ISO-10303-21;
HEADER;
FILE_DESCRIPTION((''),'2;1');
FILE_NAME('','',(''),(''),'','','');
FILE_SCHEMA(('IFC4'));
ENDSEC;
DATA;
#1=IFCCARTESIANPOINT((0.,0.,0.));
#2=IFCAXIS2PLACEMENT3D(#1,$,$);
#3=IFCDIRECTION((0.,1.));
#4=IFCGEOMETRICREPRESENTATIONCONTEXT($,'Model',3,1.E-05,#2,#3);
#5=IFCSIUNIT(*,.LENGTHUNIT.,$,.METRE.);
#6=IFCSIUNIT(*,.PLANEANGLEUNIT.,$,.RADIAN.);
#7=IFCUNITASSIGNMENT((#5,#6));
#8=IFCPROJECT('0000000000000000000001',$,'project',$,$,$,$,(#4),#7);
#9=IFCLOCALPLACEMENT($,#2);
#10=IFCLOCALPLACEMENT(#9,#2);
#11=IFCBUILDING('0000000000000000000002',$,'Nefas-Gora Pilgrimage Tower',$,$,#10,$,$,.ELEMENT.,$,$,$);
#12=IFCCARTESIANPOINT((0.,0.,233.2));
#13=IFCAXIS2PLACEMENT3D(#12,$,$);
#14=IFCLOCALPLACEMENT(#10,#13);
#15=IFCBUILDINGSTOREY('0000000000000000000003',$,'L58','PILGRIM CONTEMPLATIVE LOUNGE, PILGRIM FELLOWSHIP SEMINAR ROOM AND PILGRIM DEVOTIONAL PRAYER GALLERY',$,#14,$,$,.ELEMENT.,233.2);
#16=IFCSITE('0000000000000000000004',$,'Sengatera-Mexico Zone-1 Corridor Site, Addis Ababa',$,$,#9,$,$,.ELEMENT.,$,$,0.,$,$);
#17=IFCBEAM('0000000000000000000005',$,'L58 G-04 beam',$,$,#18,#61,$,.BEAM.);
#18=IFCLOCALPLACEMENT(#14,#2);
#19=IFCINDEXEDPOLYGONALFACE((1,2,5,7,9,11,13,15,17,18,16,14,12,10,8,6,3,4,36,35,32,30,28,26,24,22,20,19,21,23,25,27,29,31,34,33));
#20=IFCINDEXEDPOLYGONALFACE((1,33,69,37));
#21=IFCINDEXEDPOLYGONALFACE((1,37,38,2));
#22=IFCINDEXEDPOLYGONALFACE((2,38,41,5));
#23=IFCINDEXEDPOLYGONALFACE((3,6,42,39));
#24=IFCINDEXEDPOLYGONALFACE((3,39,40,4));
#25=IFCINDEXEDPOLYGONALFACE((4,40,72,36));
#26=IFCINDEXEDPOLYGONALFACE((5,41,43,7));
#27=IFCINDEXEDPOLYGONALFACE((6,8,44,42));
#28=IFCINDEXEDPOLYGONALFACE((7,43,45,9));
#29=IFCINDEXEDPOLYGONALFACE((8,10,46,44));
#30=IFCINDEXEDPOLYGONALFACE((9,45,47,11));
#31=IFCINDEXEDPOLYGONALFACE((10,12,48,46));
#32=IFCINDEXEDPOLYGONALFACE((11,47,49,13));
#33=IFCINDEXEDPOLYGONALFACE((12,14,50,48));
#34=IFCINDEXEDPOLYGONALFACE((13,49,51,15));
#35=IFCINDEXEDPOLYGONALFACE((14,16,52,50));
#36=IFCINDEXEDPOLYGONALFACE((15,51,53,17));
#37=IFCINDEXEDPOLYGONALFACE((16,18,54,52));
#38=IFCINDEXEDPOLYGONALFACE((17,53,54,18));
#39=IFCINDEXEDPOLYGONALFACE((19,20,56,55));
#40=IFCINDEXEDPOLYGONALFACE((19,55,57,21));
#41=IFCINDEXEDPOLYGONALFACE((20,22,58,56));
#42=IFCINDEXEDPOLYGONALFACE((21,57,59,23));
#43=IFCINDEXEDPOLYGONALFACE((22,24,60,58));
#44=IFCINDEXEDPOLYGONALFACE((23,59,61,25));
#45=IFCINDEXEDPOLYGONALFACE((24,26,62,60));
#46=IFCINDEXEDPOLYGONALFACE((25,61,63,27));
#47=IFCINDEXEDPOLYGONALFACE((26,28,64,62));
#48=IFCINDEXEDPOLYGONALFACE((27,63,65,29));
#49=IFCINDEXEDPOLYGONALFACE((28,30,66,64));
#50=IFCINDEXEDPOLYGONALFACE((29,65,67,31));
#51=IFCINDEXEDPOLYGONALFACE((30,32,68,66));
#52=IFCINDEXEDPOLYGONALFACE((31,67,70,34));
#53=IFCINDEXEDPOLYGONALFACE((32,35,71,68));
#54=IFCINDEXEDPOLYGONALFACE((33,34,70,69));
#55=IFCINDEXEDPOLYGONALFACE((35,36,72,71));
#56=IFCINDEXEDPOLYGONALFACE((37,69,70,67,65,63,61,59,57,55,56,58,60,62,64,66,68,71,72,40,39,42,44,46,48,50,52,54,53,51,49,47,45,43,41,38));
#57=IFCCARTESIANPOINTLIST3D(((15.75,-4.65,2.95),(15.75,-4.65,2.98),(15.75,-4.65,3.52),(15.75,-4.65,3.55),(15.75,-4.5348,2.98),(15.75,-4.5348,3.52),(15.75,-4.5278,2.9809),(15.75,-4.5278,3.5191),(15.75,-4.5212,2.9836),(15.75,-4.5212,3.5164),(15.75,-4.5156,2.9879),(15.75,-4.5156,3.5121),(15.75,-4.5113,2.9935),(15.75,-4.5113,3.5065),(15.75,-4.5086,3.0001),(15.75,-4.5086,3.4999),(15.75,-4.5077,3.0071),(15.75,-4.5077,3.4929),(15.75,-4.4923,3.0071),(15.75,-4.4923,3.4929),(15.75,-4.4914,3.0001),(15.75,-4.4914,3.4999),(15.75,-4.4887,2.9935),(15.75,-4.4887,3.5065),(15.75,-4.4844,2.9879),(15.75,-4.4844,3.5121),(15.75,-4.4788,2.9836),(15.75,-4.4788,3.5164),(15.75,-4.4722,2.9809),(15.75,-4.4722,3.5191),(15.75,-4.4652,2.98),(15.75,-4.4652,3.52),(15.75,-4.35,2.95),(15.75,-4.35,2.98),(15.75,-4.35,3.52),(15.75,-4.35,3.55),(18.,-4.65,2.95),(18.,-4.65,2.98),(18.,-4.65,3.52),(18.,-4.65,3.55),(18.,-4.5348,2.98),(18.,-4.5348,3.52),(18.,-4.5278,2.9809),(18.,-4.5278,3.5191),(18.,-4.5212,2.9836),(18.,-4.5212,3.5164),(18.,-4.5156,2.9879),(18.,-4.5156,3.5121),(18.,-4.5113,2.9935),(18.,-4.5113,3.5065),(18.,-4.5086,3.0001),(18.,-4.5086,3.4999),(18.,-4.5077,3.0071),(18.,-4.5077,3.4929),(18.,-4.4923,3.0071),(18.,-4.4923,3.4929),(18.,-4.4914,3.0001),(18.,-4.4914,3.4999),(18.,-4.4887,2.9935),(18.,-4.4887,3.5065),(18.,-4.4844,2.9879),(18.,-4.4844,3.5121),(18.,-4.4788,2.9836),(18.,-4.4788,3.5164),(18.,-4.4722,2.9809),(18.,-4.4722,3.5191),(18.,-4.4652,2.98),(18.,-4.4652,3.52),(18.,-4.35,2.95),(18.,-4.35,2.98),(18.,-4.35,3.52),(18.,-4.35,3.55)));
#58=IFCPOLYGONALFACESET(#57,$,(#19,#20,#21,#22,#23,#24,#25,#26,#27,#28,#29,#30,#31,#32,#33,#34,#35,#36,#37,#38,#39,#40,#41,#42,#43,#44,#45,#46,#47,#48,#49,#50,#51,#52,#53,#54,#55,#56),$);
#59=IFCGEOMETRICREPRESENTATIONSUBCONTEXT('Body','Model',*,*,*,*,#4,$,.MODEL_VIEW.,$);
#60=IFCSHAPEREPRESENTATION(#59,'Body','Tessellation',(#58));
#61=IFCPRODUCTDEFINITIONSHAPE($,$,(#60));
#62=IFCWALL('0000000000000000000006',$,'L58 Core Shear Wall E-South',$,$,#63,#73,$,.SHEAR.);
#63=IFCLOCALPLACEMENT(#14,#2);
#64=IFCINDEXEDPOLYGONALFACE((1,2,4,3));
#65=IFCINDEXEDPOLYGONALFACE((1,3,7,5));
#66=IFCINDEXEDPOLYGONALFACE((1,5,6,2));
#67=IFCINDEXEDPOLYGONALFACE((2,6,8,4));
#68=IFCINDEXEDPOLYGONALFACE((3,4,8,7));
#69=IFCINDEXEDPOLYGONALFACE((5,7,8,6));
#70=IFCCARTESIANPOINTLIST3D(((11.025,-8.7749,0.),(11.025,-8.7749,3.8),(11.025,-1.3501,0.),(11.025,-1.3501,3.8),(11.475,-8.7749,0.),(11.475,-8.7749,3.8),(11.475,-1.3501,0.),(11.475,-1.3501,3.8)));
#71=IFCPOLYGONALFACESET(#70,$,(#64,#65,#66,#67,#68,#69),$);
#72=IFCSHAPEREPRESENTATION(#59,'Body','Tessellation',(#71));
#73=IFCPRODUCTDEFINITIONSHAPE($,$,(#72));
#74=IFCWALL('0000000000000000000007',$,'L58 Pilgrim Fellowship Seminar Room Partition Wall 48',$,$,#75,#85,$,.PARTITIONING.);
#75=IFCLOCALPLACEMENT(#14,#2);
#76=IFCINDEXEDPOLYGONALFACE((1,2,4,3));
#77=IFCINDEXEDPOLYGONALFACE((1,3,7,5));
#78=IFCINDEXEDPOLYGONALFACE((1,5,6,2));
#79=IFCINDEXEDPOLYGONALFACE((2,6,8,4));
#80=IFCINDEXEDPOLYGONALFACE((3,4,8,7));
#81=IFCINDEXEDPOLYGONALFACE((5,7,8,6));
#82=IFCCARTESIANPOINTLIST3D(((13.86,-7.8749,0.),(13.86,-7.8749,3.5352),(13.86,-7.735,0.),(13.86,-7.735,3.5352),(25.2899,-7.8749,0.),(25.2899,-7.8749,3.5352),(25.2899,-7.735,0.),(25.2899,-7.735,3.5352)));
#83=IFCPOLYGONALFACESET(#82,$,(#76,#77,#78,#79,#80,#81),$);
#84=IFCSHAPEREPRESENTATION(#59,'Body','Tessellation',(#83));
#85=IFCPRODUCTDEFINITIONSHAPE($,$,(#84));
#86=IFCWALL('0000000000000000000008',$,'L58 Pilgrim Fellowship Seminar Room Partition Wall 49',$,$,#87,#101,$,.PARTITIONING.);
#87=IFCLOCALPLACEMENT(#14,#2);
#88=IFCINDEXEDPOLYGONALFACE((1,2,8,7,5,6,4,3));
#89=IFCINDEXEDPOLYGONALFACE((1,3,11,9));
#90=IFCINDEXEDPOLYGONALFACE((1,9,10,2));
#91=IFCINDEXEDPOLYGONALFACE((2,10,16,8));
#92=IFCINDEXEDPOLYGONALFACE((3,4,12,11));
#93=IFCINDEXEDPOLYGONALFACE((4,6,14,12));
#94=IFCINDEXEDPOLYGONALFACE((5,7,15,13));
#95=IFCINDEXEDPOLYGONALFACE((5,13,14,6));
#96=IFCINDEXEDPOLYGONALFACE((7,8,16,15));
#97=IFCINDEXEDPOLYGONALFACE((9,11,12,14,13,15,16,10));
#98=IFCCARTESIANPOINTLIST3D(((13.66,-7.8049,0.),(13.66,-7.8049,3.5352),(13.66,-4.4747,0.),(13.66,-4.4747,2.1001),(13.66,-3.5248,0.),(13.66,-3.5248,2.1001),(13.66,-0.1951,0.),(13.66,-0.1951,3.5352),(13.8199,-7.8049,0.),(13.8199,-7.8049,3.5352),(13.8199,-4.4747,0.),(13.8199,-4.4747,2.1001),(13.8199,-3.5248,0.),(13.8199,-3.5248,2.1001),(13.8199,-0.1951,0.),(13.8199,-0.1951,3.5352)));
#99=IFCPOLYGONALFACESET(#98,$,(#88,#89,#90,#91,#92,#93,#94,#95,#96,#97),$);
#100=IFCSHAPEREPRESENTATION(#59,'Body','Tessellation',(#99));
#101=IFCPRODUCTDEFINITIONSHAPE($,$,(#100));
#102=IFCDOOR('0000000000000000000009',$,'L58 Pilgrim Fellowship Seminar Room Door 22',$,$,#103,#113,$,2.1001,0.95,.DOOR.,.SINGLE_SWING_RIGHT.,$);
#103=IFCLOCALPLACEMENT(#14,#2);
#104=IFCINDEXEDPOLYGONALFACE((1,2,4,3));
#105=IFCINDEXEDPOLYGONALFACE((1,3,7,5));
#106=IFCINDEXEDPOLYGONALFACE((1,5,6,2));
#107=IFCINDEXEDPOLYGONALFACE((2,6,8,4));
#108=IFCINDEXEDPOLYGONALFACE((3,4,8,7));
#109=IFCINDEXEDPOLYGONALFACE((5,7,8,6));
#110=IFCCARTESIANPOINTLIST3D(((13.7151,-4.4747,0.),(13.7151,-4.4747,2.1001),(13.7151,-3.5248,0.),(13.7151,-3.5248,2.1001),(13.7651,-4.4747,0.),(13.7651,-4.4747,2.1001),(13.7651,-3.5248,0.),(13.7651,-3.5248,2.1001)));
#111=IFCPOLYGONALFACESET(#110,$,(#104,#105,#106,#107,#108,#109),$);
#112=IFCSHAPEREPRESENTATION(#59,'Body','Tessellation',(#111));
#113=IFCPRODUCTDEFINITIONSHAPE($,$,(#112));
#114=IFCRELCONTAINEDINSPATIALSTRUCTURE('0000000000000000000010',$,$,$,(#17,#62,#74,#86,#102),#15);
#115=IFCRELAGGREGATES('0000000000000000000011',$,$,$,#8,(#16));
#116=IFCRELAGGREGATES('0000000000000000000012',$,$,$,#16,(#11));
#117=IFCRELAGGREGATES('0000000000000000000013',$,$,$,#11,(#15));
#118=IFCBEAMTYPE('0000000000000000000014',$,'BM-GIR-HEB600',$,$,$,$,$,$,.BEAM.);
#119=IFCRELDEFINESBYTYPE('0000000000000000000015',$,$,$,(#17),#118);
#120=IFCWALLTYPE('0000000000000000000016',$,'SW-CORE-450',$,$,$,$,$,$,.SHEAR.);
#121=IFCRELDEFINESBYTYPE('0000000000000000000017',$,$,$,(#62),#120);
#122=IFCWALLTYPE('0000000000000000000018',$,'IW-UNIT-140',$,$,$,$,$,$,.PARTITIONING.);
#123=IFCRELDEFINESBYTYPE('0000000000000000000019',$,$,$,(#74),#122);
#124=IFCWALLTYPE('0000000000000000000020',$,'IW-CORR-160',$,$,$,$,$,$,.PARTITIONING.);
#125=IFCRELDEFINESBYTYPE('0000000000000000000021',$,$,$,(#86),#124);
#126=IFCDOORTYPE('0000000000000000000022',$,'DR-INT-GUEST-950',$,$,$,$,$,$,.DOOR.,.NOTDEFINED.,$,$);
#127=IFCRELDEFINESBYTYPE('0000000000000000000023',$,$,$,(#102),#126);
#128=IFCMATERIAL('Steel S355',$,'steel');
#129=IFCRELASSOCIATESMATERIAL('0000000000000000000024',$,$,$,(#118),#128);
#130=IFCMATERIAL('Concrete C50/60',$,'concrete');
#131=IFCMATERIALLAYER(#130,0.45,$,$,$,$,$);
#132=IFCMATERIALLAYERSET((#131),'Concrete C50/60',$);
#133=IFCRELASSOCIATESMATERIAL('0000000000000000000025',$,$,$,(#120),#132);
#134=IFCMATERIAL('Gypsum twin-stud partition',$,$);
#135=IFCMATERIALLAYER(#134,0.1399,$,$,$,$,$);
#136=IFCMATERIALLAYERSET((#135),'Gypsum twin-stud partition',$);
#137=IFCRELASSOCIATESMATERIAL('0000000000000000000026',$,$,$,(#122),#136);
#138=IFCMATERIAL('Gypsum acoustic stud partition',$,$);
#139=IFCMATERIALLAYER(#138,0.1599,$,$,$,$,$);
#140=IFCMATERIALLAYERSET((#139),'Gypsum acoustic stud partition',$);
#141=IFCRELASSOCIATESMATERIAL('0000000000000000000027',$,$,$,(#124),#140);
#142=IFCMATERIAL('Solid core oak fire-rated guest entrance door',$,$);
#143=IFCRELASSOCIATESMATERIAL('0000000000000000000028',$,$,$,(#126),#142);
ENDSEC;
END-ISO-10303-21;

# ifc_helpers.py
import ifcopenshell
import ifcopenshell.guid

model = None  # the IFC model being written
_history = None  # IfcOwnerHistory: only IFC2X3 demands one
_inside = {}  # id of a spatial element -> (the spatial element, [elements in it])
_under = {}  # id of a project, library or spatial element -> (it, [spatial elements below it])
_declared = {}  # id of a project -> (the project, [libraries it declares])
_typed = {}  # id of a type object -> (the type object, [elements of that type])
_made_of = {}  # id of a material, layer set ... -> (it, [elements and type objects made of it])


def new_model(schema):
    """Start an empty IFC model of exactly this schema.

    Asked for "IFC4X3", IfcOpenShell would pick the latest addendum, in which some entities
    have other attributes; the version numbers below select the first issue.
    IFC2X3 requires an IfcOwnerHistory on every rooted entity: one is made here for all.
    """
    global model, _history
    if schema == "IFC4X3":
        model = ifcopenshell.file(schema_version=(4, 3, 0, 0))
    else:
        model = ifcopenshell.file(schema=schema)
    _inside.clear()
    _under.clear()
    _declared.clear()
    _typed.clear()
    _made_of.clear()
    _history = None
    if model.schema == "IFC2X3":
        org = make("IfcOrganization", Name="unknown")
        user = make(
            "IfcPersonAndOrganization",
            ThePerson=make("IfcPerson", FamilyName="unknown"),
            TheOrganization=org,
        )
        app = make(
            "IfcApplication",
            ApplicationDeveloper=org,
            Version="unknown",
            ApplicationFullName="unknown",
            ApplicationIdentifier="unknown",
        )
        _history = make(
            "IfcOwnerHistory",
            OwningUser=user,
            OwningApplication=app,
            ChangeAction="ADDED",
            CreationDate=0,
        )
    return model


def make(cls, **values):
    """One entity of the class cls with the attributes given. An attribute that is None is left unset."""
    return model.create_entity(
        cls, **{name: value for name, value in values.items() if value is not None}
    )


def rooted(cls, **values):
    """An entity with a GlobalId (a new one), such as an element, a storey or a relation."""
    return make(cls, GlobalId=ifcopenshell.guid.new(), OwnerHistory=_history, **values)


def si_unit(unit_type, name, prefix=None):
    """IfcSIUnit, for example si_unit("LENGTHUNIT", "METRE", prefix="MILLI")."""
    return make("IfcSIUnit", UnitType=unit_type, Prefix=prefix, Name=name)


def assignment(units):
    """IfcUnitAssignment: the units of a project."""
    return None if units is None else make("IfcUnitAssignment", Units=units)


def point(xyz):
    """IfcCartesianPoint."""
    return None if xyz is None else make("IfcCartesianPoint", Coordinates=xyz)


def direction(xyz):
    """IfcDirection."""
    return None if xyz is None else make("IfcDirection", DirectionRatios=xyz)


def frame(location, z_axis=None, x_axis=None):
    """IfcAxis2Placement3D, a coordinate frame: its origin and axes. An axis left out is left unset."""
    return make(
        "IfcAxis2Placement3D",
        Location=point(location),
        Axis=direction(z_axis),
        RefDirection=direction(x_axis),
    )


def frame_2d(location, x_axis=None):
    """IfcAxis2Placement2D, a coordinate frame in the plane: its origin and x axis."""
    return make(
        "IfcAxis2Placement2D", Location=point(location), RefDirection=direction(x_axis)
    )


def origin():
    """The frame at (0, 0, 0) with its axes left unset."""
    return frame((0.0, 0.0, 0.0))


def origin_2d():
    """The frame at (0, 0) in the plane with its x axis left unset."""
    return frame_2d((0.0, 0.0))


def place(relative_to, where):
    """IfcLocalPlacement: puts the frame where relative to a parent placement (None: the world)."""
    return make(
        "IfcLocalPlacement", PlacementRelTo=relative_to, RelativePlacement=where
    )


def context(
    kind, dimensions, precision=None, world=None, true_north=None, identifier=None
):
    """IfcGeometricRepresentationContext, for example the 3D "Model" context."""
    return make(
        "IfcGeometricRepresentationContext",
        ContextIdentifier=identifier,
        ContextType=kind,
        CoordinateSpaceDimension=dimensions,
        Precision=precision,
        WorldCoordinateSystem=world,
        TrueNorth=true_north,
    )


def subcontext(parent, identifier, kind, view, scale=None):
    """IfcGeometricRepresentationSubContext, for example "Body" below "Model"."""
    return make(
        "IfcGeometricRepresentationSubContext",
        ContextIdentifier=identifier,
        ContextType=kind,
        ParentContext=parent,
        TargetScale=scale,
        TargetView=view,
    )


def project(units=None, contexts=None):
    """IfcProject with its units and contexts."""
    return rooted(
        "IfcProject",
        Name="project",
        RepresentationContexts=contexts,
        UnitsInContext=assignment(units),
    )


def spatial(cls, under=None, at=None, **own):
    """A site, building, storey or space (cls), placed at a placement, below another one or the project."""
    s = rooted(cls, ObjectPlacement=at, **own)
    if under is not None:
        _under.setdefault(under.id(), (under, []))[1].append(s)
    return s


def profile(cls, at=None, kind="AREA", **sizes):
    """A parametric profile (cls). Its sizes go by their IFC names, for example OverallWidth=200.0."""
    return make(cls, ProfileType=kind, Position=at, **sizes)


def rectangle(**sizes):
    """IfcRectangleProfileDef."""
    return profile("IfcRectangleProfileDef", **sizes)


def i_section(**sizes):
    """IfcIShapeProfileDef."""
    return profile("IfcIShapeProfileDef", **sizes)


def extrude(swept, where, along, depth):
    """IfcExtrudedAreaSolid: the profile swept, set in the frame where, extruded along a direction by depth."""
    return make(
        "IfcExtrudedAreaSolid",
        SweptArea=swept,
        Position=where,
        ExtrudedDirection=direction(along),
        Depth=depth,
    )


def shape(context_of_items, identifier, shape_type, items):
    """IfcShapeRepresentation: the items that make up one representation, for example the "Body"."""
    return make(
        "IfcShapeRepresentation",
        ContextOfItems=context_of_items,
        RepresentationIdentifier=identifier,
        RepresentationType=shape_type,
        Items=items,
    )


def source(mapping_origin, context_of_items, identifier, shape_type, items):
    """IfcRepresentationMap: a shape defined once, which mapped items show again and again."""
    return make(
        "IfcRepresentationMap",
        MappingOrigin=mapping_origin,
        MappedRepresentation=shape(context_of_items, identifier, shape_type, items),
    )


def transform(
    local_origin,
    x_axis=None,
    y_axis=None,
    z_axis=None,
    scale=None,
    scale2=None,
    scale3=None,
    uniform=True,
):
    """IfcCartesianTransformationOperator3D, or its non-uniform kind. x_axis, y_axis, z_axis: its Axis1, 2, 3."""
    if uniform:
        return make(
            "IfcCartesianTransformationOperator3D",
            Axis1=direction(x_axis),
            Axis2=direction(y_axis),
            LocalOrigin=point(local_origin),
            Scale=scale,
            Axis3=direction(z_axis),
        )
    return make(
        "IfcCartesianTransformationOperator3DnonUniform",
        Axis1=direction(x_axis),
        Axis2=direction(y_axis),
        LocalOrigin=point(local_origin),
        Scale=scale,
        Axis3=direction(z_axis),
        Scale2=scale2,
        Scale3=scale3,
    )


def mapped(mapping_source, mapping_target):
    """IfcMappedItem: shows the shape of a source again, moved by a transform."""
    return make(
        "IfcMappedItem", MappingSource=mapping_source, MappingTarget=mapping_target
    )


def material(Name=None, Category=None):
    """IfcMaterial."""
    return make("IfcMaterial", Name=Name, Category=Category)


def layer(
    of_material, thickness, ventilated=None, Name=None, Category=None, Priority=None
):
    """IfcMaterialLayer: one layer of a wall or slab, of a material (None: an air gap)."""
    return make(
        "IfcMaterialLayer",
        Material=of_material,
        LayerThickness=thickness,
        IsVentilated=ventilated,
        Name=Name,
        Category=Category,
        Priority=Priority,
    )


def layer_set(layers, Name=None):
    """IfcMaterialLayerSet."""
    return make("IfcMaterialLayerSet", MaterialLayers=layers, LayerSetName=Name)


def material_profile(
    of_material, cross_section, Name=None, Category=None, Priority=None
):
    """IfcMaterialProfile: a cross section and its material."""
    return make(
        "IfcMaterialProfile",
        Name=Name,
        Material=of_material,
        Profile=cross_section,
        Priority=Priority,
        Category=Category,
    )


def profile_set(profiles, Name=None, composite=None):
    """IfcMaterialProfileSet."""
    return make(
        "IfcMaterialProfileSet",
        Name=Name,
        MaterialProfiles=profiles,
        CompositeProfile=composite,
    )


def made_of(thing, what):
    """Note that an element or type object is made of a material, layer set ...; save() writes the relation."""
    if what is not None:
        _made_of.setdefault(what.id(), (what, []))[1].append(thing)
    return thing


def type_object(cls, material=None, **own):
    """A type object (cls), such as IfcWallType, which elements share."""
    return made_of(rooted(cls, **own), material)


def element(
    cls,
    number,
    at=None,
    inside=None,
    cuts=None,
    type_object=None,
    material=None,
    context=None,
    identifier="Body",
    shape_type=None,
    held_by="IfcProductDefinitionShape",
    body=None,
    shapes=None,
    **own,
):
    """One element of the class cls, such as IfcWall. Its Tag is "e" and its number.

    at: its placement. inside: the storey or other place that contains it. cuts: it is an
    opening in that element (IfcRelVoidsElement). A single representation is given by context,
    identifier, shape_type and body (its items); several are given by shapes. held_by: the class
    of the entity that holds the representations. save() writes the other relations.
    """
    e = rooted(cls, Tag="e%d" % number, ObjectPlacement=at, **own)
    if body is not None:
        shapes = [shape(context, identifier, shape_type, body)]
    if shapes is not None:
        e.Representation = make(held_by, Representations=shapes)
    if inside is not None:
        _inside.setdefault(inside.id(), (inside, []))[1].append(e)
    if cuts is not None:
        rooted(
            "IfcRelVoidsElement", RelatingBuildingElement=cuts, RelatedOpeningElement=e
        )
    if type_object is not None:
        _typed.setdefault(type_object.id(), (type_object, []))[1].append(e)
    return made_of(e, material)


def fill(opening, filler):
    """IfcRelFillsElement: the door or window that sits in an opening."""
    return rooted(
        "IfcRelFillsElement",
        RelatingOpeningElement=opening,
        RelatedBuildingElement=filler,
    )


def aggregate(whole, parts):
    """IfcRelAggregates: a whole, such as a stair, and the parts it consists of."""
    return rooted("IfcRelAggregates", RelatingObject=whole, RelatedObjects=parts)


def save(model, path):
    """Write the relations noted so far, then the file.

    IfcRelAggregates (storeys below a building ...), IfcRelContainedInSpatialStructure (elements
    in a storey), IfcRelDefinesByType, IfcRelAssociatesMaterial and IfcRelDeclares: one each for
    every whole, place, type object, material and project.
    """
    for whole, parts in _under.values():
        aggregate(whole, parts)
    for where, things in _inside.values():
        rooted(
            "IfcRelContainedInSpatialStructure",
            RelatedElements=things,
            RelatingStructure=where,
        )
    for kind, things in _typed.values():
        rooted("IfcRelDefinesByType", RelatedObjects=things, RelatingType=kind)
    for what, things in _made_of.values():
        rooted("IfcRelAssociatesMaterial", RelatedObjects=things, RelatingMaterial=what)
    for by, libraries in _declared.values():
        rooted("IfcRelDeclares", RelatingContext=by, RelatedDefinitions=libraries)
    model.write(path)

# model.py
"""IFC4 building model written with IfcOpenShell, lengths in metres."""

from ifc_helpers import new_model, si_unit, direction, frame, frame_2d, origin, origin_2d, place, context, subcontext, project, spatial, rectangle, i_section, extrude, source, transform, mapped, material, layer, layer_set, material_profile, profile_set, type_object, element, fill, save


model = new_model("IFC4")

# Units and contexts
model_context = context("Model", 3, precision=1e-05, world=origin(), true_north=direction((0.0, 1.0)))
body_context = subcontext(model_context, "Body", "Model", "MODEL_VIEW")
ifc_project = project(units=[si_unit("LENGTHUNIT", "METRE"), si_unit("PLANEANGLEUNIT", "RADIAN")], contexts=[model_context])

# Site, building, storey
site_placement = place(None, origin())
site = spatial("IfcSite", under=ifc_project, at=site_placement, Name="Sengatera-Mexico Zone-1 Corridor Site, Addis Ababa", CompositionType="ELEMENT", RefElevation=0.0)
building_placement = place(site_placement, origin())
building = spatial("IfcBuilding", under=site, at=building_placement, Name="Nefas-Gora Pilgrimage Tower", CompositionType="ELEMENT")
storey_placement = place(building_placement, frame((0.0, 0.0, 233.2)))
storey = spatial("IfcBuildingStorey", under=building, at=storey_placement, Name="L58", Description="PILGRIM CONTEMPLATIVE LOUNGE, PILGRIM FELLOWSHIP SEMINAR ROOM AND PILGRIM DEVOTIONAL PRAYER GALLERY", CompositionType="ELEMENT", Elevation=233.2)

# Beam
ifc_material_1 = material(Name="Concrete C50/60", Category="concrete")
ifc_material_2 = material(Name="Steel S355", Category="steel")
ifc_material_profile_1 = material_profile(ifc_material_2, i_section(OverallWidth=0.3, OverallDepth=0.6001, WebThickness=0.0154, FlangeThickness=0.03, FilletRadius=0.0271, at=origin_2d()), Name="HEB 600")
ifc_profile_set_1 = profile_set([ifc_material_profile_1], Name="Steel S355")
beam_type_1 = type_object("IfcBeamType", Name="BM-GIR-HEB600", PredefinedType="BEAM", material=ifc_profile_set_1)
shared_shape_1 = source(origin(), body_context, "Body", "SweptSolid", [
    extrude(i_section(OverallWidth=0.3, OverallDepth=0.6001, WebThickness=0.0154, FlangeThickness=0.03, FilletRadius=0.0271, at=origin_2d()), origin(), (0.0, 0.0, 1.0), 2.25),
])
for number, where, z_axis, x_axis, name in (
    (1, (15.75, -4.5, 3.25), (1.0, 0.0, 0.0), (0.0, 1.0, 0.0), "L58 G-04 beam"),
):
    element("IfcBeam", number, at=place(storey_placement, frame(where, z_axis=z_axis, x_axis=x_axis)), inside=storey, type_object=beam_type_1, Name=name, PredefinedType="BEAM", context=body_context, shape_type="MappedRepresentation", body=[
        mapped(shared_shape_1, transform((0.0, 0.0, 0.0), x_axis=(1.0, 0.0, 0.0), y_axis=(0.0, 1.0, 0.0), z_axis=(0.0, 0.0, 1.0), scale=1.0)),
    ])

# Walls
ifc_layer_1 = layer(ifc_material_1, 0.45)
ifc_layer_set_1 = layer_set([ifc_layer_1], Name="Concrete C50/60")
wall_type_1 = type_object("IfcWallType", Name="SW-CORE-450", PredefinedType="SHEAR", material=ifc_layer_set_1)
shared_shape_2 = source(origin(), body_context, "Body", "SweptSolid", [
    extrude(rectangle(XDim=7.4248, YDim=0.45, at=frame_2d((3.7124, 0.0))), origin(), (0.0, 0.0, 1.0), 3.8),
])
wall_1_placement = place(storey_placement, frame((11.25, -8.7749, 0.0), z_axis=(0.0, 0.0, 1.0), x_axis=(0.0, 1.0, 0.0)))
element("IfcWall", 2, at=wall_1_placement, inside=storey, type_object=wall_type_1, Name="L58 Core Shear Wall E-South", PredefinedType="SHEAR", context=body_context, shape_type="MappedRepresentation", body=[
    mapped(shared_shape_2, transform((0.0, 0.0, 0.0), x_axis=(1.0, 0.0, 0.0), y_axis=(0.0, 1.0, 0.0), z_axis=(0.0, 0.0, 1.0), scale=1.0)),
])
ifc_material_3 = material(Name="Gypsum twin-stud partition")
ifc_layer_2 = layer(ifc_material_3, 0.1399)
ifc_layer_set_2 = layer_set([ifc_layer_2], Name="Gypsum twin-stud partition")
wall_type_2 = type_object("IfcWallType", Name="IW-UNIT-140", PredefinedType="PARTITIONING", material=ifc_layer_set_2)
shared_shape_3 = source(origin(), body_context, "Body", "SweptSolid", [
    extrude(rectangle(XDim=11.4299, YDim=0.1399, at=frame_2d((5.7148, 0.0))), origin(), (0.0, 0.0, 1.0), 3.5352),
])
wall_2_placement = place(storey_placement, frame((13.8601, -7.8049, 0.0), z_axis=(0.0, 0.0, 1.0), x_axis=(1.0, 0.0, 0.0)))
element("IfcWall", 3, at=wall_2_placement, inside=storey, type_object=wall_type_2, Name="L58 Pilgrim Fellowship Seminar Room Partition Wall 48", PredefinedType="PARTITIONING", context=body_context, shape_type="MappedRepresentation", body=[
    mapped(shared_shape_3, transform((0.0, 0.0, 0.0), x_axis=(1.0, 0.0, 0.0), y_axis=(0.0, 1.0, 0.0), z_axis=(0.0, 0.0, 1.0), scale=1.0)),
])

# Wall, opening, door
ifc_material_4 = material(Name="Gypsum acoustic stud partition")
ifc_layer_3 = layer(ifc_material_4, 0.1599)
ifc_layer_set_3 = layer_set([ifc_layer_3], Name="Gypsum acoustic stud partition")
wall_type_3 = type_object("IfcWallType", Name="IW-CORR-160", PredefinedType="PARTITIONING", material=ifc_layer_set_3)
shared_shape_4 = source(origin(), body_context, "Body", "SweptSolid", [
    extrude(rectangle(XDim=7.6099, YDim=0.1599, at=frame_2d((3.8049, 0.0))), origin(), (0.0, 0.0, 1.0), 3.5352),
])
wall_3_placement = place(storey_placement, frame((13.74, -7.8049, 0.0), z_axis=(0.0, 0.0, 1.0), x_axis=(0.0, 1.0, 0.0)))
wall_3 = element("IfcWall", 4, at=wall_3_placement, inside=storey, type_object=wall_type_3, Name="L58 Pilgrim Fellowship Seminar Room Partition Wall 49", PredefinedType="PARTITIONING", context=body_context, shape_type="MappedRepresentation", body=[
    mapped(shared_shape_4, transform((0.0, 0.0, 0.0), x_axis=(1.0, 0.0, 0.0), y_axis=(0.0, 1.0, 0.0), z_axis=(0.0, 0.0, 1.0), scale=1.0)),
])
opening_1_placement = place(wall_3_placement, frame((3.3301, 0.0, 0.0)))
opening_1 = element("IfcOpeningElement", 5, at=opening_1_placement, cuts=wall_3, PredefinedType="OPENING", context=body_context, shape_type="SweptSolid", body=[
    extrude(rectangle(XDim=0.95, YDim=2.1001, at=frame_2d((0.4751, 1.05))), frame((0.0, 0.0898, 0.0), z_axis=(0.0, -1.0, 0.0), x_axis=(1.0, 0.0, 0.0)), (0.0, 0.0, 1.0), 0.1799),
])
ifc_material_5 = material(Name="Solid core oak fire-rated guest entrance door")
door_type_1 = type_object("IfcDoorType", Name="DR-INT-GUEST-950", OperationType="NOTDEFINED", PredefinedType="DOOR", material=ifc_material_5)
shared_shape_5 = source(origin(), body_context, "Body", "SweptSolid", [
    extrude(rectangle(XDim=0.95, YDim=2.1001, at=frame_2d((0.4751, 1.05))), frame((0.0, 0.0249, 0.0), z_axis=(0.0, -1.0, 0.0), x_axis=(1.0, 0.0, 0.0)), (0.0, 0.0, 1.0), 0.05),
])
door_1_placement = place(opening_1_placement, origin())
door_1 = element("IfcDoor", 6, at=door_1_placement, inside=storey, type_object=door_type_1, Name="L58 Pilgrim Fellowship Seminar Room Door 22", OperationType="SINGLE_SWING_RIGHT", OverallHeight=2.1001, OverallWidth=0.95, PredefinedType="DOOR", context=body_context, shape_type="MappedRepresentation", body=[
    mapped(shared_shape_5, transform((0.0, 0.0, 0.0), x_axis=(1.0, 0.0, 0.0), y_axis=(0.0, 1.0, 0.0), z_axis=(0.0, 0.0, 1.0), scale=1.0)),
])
fill(opening_1, door_1)

save(model, "model.ifc")
